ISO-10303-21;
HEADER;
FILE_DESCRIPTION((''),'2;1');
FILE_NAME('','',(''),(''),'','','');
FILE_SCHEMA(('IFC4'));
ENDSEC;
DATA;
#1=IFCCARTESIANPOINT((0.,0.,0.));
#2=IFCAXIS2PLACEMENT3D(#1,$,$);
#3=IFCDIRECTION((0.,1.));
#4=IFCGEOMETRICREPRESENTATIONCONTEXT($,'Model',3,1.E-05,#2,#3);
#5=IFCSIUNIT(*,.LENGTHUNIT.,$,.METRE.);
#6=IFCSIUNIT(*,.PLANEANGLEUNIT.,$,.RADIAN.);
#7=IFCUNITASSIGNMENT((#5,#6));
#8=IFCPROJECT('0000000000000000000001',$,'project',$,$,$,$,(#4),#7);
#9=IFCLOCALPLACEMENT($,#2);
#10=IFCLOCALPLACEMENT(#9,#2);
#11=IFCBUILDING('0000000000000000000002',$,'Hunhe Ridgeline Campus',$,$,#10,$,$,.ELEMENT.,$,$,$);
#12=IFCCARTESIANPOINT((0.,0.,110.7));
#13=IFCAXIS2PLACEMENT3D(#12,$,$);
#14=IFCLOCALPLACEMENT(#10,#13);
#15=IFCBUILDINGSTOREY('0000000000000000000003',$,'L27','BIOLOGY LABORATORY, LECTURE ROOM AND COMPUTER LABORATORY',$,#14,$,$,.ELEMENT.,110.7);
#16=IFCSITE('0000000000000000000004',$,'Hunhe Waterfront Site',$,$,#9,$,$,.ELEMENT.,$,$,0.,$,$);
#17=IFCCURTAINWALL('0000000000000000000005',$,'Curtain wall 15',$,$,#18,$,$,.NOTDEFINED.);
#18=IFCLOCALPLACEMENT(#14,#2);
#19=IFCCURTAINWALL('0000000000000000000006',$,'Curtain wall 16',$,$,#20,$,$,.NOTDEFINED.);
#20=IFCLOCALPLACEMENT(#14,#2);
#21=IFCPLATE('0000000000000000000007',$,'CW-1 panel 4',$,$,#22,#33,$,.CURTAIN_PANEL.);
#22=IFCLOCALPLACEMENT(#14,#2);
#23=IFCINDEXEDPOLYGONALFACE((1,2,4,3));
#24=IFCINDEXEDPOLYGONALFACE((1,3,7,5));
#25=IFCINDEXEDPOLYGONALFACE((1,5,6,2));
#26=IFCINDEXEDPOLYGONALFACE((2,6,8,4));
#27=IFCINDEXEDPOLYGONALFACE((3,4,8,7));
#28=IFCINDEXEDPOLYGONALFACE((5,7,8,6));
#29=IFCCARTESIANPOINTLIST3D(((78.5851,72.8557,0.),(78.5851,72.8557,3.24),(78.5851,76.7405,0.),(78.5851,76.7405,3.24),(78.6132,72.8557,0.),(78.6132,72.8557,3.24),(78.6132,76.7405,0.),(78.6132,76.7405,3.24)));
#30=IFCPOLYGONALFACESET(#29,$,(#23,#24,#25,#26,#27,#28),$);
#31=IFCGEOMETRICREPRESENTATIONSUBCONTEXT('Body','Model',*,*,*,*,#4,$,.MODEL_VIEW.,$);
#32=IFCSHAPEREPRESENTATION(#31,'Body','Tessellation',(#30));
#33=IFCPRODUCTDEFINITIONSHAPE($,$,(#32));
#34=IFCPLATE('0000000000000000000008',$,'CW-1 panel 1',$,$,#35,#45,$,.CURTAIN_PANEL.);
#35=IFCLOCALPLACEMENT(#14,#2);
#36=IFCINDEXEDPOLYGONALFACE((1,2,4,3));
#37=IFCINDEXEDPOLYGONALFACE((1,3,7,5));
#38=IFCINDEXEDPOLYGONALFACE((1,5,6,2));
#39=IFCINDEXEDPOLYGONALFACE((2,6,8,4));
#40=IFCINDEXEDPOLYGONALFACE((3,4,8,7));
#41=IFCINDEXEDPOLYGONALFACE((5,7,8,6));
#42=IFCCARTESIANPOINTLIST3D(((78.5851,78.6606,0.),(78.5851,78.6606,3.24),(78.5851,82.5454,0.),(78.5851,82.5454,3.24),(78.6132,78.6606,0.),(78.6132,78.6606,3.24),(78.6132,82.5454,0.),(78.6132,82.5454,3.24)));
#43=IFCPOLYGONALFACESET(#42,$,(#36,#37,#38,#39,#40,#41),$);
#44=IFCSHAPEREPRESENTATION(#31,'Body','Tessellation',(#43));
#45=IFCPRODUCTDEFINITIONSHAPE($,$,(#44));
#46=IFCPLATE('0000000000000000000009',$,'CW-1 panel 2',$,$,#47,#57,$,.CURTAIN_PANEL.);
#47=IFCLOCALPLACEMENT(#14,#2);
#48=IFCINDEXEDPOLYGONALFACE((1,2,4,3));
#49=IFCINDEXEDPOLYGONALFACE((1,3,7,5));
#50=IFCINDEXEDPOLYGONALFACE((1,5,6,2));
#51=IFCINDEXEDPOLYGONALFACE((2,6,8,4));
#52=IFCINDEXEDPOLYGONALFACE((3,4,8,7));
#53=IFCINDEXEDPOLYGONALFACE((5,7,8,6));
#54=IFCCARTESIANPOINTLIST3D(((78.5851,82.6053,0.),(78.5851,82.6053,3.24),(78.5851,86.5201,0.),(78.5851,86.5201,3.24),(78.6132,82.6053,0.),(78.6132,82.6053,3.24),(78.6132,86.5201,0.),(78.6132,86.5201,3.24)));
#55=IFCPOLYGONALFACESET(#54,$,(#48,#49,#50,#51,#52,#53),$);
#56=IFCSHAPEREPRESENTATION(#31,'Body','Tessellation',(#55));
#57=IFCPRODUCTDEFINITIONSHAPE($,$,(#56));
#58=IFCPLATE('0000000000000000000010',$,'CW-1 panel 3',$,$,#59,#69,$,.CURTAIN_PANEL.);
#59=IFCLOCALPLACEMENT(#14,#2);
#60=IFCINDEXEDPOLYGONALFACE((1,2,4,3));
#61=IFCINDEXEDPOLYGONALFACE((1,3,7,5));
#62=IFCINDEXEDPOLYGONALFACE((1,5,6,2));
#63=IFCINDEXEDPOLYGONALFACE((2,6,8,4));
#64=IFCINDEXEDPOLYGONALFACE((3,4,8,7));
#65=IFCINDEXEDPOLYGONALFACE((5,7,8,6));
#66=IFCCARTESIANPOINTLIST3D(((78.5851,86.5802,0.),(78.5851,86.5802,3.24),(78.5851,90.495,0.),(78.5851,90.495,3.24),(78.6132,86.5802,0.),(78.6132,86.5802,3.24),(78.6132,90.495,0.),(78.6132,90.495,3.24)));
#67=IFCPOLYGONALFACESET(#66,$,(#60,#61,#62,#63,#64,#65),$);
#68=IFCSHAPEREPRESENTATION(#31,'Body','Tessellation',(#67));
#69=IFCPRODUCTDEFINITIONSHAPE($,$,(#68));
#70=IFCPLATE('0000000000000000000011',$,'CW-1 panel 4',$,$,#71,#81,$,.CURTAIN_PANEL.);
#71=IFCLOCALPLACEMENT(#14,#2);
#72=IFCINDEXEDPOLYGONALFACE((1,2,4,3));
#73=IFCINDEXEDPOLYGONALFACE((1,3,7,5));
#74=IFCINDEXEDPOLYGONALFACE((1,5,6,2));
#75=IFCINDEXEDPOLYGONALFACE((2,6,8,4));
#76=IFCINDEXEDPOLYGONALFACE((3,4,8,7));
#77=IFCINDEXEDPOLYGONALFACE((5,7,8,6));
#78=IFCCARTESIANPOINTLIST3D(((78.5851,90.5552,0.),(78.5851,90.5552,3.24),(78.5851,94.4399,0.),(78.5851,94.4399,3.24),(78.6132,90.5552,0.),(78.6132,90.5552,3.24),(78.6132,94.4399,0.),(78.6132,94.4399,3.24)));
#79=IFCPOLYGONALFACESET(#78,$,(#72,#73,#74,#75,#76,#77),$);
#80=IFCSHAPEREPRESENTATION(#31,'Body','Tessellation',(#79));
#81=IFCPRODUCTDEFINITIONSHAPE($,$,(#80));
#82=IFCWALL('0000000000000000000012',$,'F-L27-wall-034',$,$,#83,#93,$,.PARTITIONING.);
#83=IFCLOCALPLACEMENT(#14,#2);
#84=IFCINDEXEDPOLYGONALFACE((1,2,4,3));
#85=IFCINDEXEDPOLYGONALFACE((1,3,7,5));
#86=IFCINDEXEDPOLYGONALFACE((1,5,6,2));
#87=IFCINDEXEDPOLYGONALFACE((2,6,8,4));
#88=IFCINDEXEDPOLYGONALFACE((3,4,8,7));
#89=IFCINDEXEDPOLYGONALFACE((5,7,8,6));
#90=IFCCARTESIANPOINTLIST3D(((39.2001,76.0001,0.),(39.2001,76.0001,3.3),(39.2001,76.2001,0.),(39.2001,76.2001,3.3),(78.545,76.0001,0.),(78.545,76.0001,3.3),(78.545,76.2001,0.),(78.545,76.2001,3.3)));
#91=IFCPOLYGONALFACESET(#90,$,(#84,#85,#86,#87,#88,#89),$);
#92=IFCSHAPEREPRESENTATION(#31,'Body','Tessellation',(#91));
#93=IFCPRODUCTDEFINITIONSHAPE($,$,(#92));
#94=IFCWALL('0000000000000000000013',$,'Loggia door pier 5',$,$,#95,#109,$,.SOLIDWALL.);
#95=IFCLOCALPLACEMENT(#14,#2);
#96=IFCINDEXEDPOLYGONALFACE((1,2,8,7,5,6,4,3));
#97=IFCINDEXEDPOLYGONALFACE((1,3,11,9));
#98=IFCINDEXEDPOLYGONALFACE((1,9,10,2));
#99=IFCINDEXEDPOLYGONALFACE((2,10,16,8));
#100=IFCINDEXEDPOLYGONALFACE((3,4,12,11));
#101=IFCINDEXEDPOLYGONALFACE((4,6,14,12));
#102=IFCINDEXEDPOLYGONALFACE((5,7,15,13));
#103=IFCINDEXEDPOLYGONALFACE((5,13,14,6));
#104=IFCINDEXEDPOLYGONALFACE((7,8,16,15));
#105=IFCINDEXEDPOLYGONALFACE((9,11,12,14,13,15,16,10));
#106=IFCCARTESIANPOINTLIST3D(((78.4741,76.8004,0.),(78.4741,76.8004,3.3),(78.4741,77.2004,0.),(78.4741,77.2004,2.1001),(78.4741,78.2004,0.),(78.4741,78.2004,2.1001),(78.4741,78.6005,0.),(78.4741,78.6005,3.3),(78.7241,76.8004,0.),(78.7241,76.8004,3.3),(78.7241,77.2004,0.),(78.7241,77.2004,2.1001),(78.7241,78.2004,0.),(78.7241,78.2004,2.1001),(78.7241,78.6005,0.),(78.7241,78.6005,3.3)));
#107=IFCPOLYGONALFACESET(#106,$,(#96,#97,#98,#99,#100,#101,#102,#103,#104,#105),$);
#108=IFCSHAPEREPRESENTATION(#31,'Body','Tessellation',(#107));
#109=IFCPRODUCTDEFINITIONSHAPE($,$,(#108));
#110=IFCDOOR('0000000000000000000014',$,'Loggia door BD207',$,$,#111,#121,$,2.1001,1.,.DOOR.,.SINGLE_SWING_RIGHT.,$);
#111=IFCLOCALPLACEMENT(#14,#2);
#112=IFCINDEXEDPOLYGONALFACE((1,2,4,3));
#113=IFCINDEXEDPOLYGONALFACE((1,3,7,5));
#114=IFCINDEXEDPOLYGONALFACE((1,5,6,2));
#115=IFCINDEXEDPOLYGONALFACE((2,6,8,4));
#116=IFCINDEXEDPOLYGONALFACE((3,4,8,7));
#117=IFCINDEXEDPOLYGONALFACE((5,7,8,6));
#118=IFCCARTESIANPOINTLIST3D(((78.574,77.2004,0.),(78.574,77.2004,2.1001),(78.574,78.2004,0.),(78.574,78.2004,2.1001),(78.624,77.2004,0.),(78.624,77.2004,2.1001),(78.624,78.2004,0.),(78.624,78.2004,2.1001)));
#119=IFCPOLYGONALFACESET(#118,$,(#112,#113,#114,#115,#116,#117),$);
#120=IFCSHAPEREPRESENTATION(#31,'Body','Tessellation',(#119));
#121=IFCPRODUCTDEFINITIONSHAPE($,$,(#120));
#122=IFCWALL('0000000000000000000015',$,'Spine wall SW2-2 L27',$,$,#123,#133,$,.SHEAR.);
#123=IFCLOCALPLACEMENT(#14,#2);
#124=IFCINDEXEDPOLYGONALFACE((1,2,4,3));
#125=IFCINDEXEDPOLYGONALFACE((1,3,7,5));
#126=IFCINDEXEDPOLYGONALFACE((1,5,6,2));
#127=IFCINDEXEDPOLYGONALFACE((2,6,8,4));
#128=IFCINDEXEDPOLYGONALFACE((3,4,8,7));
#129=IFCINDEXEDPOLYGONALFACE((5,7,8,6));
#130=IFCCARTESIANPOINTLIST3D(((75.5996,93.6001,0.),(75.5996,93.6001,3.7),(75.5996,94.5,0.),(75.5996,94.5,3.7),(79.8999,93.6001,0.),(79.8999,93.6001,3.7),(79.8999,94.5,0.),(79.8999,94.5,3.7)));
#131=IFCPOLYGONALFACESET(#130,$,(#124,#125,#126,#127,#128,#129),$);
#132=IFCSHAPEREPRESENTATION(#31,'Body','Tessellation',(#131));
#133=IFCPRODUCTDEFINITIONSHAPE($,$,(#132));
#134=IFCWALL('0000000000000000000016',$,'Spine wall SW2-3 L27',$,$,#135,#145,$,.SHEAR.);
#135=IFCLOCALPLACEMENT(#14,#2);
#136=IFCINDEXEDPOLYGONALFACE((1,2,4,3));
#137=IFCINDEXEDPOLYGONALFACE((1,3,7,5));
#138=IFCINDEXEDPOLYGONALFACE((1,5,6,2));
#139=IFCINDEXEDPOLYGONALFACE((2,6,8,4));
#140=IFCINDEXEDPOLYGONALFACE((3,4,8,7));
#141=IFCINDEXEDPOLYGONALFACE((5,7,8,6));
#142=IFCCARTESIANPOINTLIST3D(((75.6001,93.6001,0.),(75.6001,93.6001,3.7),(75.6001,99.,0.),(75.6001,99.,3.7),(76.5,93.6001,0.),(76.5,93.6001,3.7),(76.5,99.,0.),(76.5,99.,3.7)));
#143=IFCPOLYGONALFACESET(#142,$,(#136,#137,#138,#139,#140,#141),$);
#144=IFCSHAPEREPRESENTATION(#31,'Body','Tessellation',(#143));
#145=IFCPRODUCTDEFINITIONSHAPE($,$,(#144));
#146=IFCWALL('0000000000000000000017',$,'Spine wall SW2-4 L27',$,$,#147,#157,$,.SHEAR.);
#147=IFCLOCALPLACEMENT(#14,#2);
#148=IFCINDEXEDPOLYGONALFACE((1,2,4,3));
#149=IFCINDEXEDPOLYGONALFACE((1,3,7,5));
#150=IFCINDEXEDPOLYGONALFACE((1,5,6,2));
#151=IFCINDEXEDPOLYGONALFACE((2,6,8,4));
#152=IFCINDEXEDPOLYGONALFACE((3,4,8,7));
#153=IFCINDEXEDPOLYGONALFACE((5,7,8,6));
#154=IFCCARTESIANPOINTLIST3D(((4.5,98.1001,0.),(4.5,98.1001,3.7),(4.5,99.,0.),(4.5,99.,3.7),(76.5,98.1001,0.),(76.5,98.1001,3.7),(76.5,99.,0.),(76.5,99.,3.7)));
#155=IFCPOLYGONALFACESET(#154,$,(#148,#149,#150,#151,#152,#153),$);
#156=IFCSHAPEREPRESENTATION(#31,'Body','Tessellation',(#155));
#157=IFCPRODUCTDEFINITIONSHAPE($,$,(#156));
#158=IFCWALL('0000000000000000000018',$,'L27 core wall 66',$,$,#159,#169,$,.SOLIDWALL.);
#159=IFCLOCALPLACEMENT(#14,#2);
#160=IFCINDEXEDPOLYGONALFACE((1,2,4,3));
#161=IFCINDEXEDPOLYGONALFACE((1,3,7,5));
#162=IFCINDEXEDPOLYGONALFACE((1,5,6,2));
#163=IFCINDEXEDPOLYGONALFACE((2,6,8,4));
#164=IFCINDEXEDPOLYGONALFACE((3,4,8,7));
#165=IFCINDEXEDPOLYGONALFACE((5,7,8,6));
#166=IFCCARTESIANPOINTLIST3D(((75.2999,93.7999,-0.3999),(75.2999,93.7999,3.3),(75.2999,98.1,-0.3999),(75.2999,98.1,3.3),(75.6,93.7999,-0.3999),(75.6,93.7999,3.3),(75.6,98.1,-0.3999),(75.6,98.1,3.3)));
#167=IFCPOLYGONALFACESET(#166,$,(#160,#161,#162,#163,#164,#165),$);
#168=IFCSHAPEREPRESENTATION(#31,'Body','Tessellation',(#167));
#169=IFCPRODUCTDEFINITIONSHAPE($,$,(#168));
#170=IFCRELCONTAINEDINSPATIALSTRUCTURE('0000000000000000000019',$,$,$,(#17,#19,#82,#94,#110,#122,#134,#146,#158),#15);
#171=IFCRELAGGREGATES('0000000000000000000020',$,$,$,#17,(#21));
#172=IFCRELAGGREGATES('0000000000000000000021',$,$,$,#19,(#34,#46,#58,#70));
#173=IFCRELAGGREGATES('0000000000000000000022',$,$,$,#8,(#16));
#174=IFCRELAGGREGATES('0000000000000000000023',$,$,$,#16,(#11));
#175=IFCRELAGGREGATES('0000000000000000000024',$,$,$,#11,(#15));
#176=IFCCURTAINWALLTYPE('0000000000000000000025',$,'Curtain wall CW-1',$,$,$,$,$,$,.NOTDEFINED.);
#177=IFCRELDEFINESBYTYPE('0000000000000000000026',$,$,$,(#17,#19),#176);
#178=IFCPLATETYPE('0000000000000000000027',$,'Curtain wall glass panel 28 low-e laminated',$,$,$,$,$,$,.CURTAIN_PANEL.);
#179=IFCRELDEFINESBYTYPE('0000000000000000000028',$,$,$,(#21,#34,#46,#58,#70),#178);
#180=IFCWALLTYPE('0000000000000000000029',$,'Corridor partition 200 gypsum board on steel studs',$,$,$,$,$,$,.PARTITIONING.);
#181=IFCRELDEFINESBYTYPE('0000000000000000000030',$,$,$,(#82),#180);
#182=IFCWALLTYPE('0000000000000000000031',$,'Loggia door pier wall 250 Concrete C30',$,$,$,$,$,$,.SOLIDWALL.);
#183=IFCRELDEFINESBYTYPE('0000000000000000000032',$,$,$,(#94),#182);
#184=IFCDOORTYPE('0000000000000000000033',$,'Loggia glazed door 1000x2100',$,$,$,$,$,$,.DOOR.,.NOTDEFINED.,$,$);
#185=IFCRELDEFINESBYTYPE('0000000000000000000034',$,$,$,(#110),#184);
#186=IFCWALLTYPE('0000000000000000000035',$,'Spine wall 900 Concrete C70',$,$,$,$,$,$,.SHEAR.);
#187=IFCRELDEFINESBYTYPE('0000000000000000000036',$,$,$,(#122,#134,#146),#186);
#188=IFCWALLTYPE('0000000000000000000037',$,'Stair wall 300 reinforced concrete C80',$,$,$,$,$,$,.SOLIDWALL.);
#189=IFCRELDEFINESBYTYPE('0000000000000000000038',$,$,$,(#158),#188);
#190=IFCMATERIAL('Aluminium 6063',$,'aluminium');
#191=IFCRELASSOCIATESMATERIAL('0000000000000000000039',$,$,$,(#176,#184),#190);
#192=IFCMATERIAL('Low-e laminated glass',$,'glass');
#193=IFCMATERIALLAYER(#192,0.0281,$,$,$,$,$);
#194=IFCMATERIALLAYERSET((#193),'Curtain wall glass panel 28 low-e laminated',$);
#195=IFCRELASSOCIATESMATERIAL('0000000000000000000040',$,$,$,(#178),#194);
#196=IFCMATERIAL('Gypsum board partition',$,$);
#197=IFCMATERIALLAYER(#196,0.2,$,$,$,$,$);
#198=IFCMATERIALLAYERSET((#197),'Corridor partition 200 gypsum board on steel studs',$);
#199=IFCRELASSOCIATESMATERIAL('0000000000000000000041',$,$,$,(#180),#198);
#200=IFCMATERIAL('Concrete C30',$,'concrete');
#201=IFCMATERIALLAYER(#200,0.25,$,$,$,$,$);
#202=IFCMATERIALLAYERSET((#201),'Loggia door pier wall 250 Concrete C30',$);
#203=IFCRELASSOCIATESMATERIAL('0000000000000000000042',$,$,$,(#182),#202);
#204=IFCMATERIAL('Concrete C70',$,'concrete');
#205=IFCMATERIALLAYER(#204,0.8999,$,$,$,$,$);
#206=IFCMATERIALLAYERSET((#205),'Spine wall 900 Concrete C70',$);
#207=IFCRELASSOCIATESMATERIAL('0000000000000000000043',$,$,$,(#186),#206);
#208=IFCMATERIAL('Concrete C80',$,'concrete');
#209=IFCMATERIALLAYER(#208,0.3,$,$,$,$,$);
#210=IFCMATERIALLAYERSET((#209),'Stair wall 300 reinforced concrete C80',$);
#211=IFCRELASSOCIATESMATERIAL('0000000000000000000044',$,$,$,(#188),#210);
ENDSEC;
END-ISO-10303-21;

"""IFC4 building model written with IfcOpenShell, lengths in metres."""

from ifc_helpers import new_model, si_unit, direction, frame, frame_2d, origin, origin_2d, place, context, subcontext, project, spatial, rectangle, extrude, material, layer, layer_set, type_object, element, fill, aggregate, save


model = new_model("IFC4")

# Units and contexts
model_context = context("Model", 3, precision=1e-05, world=origin(), true_north=direction((0.0, 1.0)))
body_context = subcontext(model_context, "Body", "Model", "MODEL_VIEW")
ifc_project = project(units=[si_unit("LENGTHUNIT", "METRE"), si_unit("PLANEANGLEUNIT", "RADIAN")], contexts=[model_context])

# Site, building, storey
site_placement = place(None, origin())
site = spatial("IfcSite", under=ifc_project, at=site_placement, Name="Hunhe Waterfront Site", CompositionType="ELEMENT", RefElevation=0.0)
building_placement = place(site_placement, origin())
building = spatial("IfcBuilding", under=site, at=building_placement, Name="Hunhe Ridgeline Campus", CompositionType="ELEMENT")
storey_placement = place(building_placement, frame((0.0, 0.0, 110.7)))
storey = spatial("IfcBuildingStorey", under=building, at=storey_placement, Name="L27", Description="BIOLOGY LABORATORY, LECTURE ROOM AND COMPUTER LABORATORY", CompositionType="ELEMENT", Elevation=110.7)

# Shared definitions
ifc_material_1 = material(Name="Concrete C70", Category="concrete")

# Curtain wall
ifc_material_2 = material(Name="Aluminium 6063", Category="aluminium")
curtain_wall_type = type_object("IfcCurtainWallType", Name="Curtain wall CW-1", PredefinedType="NOTDEFINED", material=ifc_material_2)
curtain_wall_1_placement = place(storey_placement, origin())
curtain_wall_1 = element("IfcCurtainWall", 1, at=curtain_wall_1_placement, inside=storey, type_object=curtain_wall_type, Name="Curtain wall 15", PredefinedType="NOTDEFINED")

# Curtain wall
curtain_wall_2_placement = place(storey_placement, origin())
curtain_wall_2 = element("IfcCurtainWall", 2, at=curtain_wall_2_placement, inside=storey, type_object=curtain_wall_type, Name="Curtain wall 16", PredefinedType="NOTDEFINED")

# Plates
ifc_material_3 = material(Name="Low-e laminated glass", Category="glass")
ifc_layer_1 = layer(ifc_material_3, 0.0281)
ifc_layer_set_1 = layer_set([ifc_layer_1], Name="Curtain wall glass panel 28 low-e laminated")
plate_type = type_object("IfcPlateType", Name="Curtain wall glass panel 28 low-e laminated", PredefinedType="CURTAIN_PANEL", material=ifc_layer_set_1)
plate_1_placement = place(storey_placement, frame((78.5991, 74.7981, 0.0), z_axis=(0.0, 0.0, 1.0), x_axis=(0.0, 1.0, 0.0)))
plate_1 = element("IfcPlate", 3, at=plate_1_placement, type_object=plate_type, Name="CW-1 panel 4", PredefinedType="CURTAIN_PANEL", context=body_context, shape_type="SweptSolid", body=[
    extrude(rectangle(XDim=3.8848, YDim=0.0281, at=origin_2d()), origin(), (0.0, 0.0, 1.0), 3.24),
])
aggregate(curtain_wall_1, [plate_1])
plate_2_placement = place(storey_placement, frame((78.5991, 80.603, 0.0), z_axis=(0.0, 0.0, 1.0), x_axis=(0.0, 1.0, 0.0)))
plate_2 = element("IfcPlate", 4, at=plate_2_placement, type_object=plate_type, Name="CW-1 panel 1", PredefinedType="CURTAIN_PANEL", context=body_context, shape_type="SweptSolid", body=[
    extrude(rectangle(XDim=3.8848, YDim=0.0281, at=origin_2d()), origin(), (0.0, 0.0, 1.0), 3.24),
])
plate_3_placement = place(storey_placement, frame((78.5991, 84.5627, 0.0), z_axis=(0.0, 0.0, 1.0), x_axis=(0.0, 1.0, 0.0)))
plate_3 = element("IfcPlate", 5, at=plate_3_placement, type_object=plate_type, Name="CW-1 panel 2", PredefinedType="CURTAIN_PANEL", context=body_context, shape_type="SweptSolid", body=[
    extrude(rectangle(XDim=3.9148, YDim=0.0281, at=origin_2d()), origin(), (0.0, 0.0, 1.0), 3.24),
])
plate_4_placement = place(storey_placement, frame((78.5991, 88.5376, 0.0), z_axis=(0.0, 0.0, 1.0), x_axis=(0.0, 1.0, 0.0)))
plate_4 = element("IfcPlate", 6, at=plate_4_placement, type_object=plate_type, Name="CW-1 panel 3", PredefinedType="CURTAIN_PANEL", context=body_context, shape_type="SweptSolid", body=[
    extrude(rectangle(XDim=3.9148, YDim=0.0281, at=origin_2d()), origin(), (0.0, 0.0, 1.0), 3.24),
])
plate_5_placement = place(storey_placement, frame((78.5991, 92.4976, 0.0), z_axis=(0.0, 0.0, 1.0), x_axis=(0.0, 1.0, 0.0)))
plate_5 = element("IfcPlate", 7, at=plate_5_placement, type_object=plate_type, Name="CW-1 panel 4", PredefinedType="CURTAIN_PANEL", context=body_context, shape_type="SweptSolid", body=[
    extrude(rectangle(XDim=3.8848, YDim=0.0281, at=origin_2d()), origin(), (0.0, 0.0, 1.0), 3.24),
])
aggregate(curtain_wall_2, [plate_2, plate_3, plate_4, plate_5])

# Wall
ifc_material_4 = material(Name="Gypsum board partition")
ifc_layer_2 = layer(ifc_material_4, 0.2)
ifc_layer_set_2 = layer_set([ifc_layer_2], Name="Corridor partition 200 gypsum board on steel studs")
wall_type_1 = type_object("IfcWallType", Name="Corridor partition 200 gypsum board on steel studs", PredefinedType="PARTITIONING", material=ifc_layer_set_2)
wall_1_placement = place(storey_placement, frame((78.5449, 76.1001, 0.0), z_axis=(0.0, 0.0, 1.0), x_axis=(-1.0, 0.0, 0.0)))
element("IfcWall", 8, at=wall_1_placement, inside=storey, type_object=wall_type_1, Name="F-L27-wall-034", PredefinedType="PARTITIONING", context=body_context, shape_type="SweptSolid", body=[
    extrude(rectangle(XDim=39.345, YDim=0.2, at=frame_2d((19.6724, 0.0))), origin(), (0.0, 0.0, 1.0), 3.3),
])

# Wall, opening, door
ifc_material_5 = material(Name="Concrete C30", Category="concrete")
ifc_layer_3 = layer(ifc_material_5, 0.25)
ifc_layer_set_3 = layer_set([ifc_layer_3], Name="Loggia door pier wall 250 Concrete C30")
wall_type_2 = type_object("IfcWallType", Name="Loggia door pier wall 250 Concrete C30", PredefinedType="SOLIDWALL", material=ifc_layer_set_3)
wall_2_placement = place(storey_placement, frame((78.5991, 76.8005, 0.0), z_axis=(0.0, 0.0, 1.0), x_axis=(0.0, 1.0, 0.0)))
wall_2 = element("IfcWall", 9, at=wall_2_placement, inside=storey, type_object=wall_type_2, Name="Loggia door pier 5", PredefinedType="SOLIDWALL", context=body_context, shape_type="SweptSolid", body=[
    extrude(rectangle(XDim=1.8, YDim=0.25, at=frame_2d((0.8999, 0.0))), origin(), (0.0, 0.0, 1.0), 3.3),
])
opening_placement = place(wall_2_placement, frame((0.3999, 0.0, 0.0)))
opening = element("IfcOpeningElement", 10, at=opening_placement, cuts=wall_2, PredefinedType="OPENING", context=body_context, shape_type="SweptSolid", body=[
    extrude(rectangle(XDim=1.0, YDim=2.1001, at=frame_2d((0.5, 1.05))), frame((0.0, 0.125, 0.0), z_axis=(0.0, -1.0, 0.0), x_axis=(1.0, 0.0, 0.0)), (0.0, 0.0, 1.0), 0.25),
])
door_type = type_object("IfcDoorType", Name="Loggia glazed door 1000x2100", OperationType="NOTDEFINED", PredefinedType="DOOR", material=ifc_material_2)
door_placement = place(opening_placement, frame((1.0, 0.0, 0.0), z_axis=(0.0, 0.0, 1.0), x_axis=(-1.0, 0.0, 0.0)))
door = element("IfcDoor", 11, at=door_placement, inside=storey, type_object=door_type, Name="Loggia door BD207", OperationType="SINGLE_SWING_RIGHT", OverallHeight=2.1001, OverallWidth=1.0, PredefinedType="DOOR", context=body_context, shape_type="SweptSolid", body=[
    extrude(rectangle(XDim=1.0, YDim=2.1001, at=frame_2d((0.5, 1.05))), frame((0.0, 0.0249, 0.0), z_axis=(0.0, -1.0, 0.0), x_axis=(1.0, 0.0, 0.0)), (0.0, 0.0, 1.0), 0.05),
])
fill(opening, door)

# Walls
ifc_layer_4 = layer(ifc_material_1, 0.8999)
ifc_layer_set_4 = layer_set([ifc_layer_4], Name="Spine wall 900 Concrete C70")
wall_type_3 = type_object("IfcWallType", Name="Spine wall 900 Concrete C70", PredefinedType="SHEAR", material=ifc_layer_set_4)
wall_3_placement = place(storey_placement, frame((79.8999, 94.05, 0.0), z_axis=(0.0, 0.0, 1.0), x_axis=(-1.0, 0.0, 0.0)))
element("IfcWall", 12, at=wall_3_placement, inside=storey, type_object=wall_type_3, Name="Spine wall SW2-2 L27", PredefinedType="SHEAR", context=body_context, shape_type="SweptSolid", body=[
    extrude(rectangle(XDim=4.3003, YDim=0.8999, at=frame_2d((2.1501, 0.0))), origin(), (0.0, 0.0, 1.0), 3.7),
])
wall_4_placement = place(storey_placement, frame((76.05, 93.6001, 0.0), z_axis=(0.0, 0.0, 1.0), x_axis=(0.0, 1.0, 0.0)))
element("IfcWall", 13, at=wall_4_placement, inside=storey, type_object=wall_type_3, Name="Spine wall SW2-3 L27", PredefinedType="SHEAR", context=body_context, shape_type="SweptSolid", body=[
    extrude(rectangle(XDim=5.3999, YDim=0.8999, at=frame_2d((2.7, 0.0))), origin(), (0.0, 0.0, 1.0), 3.7),
])
wall_5_placement = place(storey_placement, frame((76.5, 98.55, 0.0), z_axis=(0.0, 0.0, 1.0), x_axis=(-1.0, 0.0, 0.0)))
element("IfcWall", 14, at=wall_5_placement, inside=storey, type_object=wall_type_3, Name="Spine wall SW2-4 L27", PredefinedType="SHEAR", context=body_context, shape_type="SweptSolid", body=[
    extrude(rectangle(XDim=72.0, YDim=0.8999, at=frame_2d((36.0, 0.0))), origin(), (0.0, 0.0, 1.0), 3.7),
])
ifc_material_6 = material(Name="Concrete C80", Category="concrete")
ifc_layer_5 = layer(ifc_material_6, 0.3)
ifc_layer_set_5 = layer_set([ifc_layer_5], Name="Stair wall 300 reinforced concrete C80")
wall_type_4 = type_object("IfcWallType", Name="Stair wall 300 reinforced concrete C80", PredefinedType="SOLIDWALL", material=ifc_layer_set_5)
wall_6_placement = place(storey_placement, frame((75.45, 93.8, -0.3999), z_axis=(0.0, 0.0, 1.0), x_axis=(0.0, 1.0, 0.0)))
element("IfcWall", 15, at=wall_6_placement, inside=storey, type_object=wall_type_4, Name="L27 core wall 66", PredefinedType="SOLIDWALL", context=body_context, shape_type="SweptSolid", body=[
    extrude(rectangle(XDim=4.3, YDim=0.3, at=frame_2d((2.1499, 0.0))), origin(), (0.0, 0.0, 1.0), 3.7),
])

save(model, "model.ifc")
